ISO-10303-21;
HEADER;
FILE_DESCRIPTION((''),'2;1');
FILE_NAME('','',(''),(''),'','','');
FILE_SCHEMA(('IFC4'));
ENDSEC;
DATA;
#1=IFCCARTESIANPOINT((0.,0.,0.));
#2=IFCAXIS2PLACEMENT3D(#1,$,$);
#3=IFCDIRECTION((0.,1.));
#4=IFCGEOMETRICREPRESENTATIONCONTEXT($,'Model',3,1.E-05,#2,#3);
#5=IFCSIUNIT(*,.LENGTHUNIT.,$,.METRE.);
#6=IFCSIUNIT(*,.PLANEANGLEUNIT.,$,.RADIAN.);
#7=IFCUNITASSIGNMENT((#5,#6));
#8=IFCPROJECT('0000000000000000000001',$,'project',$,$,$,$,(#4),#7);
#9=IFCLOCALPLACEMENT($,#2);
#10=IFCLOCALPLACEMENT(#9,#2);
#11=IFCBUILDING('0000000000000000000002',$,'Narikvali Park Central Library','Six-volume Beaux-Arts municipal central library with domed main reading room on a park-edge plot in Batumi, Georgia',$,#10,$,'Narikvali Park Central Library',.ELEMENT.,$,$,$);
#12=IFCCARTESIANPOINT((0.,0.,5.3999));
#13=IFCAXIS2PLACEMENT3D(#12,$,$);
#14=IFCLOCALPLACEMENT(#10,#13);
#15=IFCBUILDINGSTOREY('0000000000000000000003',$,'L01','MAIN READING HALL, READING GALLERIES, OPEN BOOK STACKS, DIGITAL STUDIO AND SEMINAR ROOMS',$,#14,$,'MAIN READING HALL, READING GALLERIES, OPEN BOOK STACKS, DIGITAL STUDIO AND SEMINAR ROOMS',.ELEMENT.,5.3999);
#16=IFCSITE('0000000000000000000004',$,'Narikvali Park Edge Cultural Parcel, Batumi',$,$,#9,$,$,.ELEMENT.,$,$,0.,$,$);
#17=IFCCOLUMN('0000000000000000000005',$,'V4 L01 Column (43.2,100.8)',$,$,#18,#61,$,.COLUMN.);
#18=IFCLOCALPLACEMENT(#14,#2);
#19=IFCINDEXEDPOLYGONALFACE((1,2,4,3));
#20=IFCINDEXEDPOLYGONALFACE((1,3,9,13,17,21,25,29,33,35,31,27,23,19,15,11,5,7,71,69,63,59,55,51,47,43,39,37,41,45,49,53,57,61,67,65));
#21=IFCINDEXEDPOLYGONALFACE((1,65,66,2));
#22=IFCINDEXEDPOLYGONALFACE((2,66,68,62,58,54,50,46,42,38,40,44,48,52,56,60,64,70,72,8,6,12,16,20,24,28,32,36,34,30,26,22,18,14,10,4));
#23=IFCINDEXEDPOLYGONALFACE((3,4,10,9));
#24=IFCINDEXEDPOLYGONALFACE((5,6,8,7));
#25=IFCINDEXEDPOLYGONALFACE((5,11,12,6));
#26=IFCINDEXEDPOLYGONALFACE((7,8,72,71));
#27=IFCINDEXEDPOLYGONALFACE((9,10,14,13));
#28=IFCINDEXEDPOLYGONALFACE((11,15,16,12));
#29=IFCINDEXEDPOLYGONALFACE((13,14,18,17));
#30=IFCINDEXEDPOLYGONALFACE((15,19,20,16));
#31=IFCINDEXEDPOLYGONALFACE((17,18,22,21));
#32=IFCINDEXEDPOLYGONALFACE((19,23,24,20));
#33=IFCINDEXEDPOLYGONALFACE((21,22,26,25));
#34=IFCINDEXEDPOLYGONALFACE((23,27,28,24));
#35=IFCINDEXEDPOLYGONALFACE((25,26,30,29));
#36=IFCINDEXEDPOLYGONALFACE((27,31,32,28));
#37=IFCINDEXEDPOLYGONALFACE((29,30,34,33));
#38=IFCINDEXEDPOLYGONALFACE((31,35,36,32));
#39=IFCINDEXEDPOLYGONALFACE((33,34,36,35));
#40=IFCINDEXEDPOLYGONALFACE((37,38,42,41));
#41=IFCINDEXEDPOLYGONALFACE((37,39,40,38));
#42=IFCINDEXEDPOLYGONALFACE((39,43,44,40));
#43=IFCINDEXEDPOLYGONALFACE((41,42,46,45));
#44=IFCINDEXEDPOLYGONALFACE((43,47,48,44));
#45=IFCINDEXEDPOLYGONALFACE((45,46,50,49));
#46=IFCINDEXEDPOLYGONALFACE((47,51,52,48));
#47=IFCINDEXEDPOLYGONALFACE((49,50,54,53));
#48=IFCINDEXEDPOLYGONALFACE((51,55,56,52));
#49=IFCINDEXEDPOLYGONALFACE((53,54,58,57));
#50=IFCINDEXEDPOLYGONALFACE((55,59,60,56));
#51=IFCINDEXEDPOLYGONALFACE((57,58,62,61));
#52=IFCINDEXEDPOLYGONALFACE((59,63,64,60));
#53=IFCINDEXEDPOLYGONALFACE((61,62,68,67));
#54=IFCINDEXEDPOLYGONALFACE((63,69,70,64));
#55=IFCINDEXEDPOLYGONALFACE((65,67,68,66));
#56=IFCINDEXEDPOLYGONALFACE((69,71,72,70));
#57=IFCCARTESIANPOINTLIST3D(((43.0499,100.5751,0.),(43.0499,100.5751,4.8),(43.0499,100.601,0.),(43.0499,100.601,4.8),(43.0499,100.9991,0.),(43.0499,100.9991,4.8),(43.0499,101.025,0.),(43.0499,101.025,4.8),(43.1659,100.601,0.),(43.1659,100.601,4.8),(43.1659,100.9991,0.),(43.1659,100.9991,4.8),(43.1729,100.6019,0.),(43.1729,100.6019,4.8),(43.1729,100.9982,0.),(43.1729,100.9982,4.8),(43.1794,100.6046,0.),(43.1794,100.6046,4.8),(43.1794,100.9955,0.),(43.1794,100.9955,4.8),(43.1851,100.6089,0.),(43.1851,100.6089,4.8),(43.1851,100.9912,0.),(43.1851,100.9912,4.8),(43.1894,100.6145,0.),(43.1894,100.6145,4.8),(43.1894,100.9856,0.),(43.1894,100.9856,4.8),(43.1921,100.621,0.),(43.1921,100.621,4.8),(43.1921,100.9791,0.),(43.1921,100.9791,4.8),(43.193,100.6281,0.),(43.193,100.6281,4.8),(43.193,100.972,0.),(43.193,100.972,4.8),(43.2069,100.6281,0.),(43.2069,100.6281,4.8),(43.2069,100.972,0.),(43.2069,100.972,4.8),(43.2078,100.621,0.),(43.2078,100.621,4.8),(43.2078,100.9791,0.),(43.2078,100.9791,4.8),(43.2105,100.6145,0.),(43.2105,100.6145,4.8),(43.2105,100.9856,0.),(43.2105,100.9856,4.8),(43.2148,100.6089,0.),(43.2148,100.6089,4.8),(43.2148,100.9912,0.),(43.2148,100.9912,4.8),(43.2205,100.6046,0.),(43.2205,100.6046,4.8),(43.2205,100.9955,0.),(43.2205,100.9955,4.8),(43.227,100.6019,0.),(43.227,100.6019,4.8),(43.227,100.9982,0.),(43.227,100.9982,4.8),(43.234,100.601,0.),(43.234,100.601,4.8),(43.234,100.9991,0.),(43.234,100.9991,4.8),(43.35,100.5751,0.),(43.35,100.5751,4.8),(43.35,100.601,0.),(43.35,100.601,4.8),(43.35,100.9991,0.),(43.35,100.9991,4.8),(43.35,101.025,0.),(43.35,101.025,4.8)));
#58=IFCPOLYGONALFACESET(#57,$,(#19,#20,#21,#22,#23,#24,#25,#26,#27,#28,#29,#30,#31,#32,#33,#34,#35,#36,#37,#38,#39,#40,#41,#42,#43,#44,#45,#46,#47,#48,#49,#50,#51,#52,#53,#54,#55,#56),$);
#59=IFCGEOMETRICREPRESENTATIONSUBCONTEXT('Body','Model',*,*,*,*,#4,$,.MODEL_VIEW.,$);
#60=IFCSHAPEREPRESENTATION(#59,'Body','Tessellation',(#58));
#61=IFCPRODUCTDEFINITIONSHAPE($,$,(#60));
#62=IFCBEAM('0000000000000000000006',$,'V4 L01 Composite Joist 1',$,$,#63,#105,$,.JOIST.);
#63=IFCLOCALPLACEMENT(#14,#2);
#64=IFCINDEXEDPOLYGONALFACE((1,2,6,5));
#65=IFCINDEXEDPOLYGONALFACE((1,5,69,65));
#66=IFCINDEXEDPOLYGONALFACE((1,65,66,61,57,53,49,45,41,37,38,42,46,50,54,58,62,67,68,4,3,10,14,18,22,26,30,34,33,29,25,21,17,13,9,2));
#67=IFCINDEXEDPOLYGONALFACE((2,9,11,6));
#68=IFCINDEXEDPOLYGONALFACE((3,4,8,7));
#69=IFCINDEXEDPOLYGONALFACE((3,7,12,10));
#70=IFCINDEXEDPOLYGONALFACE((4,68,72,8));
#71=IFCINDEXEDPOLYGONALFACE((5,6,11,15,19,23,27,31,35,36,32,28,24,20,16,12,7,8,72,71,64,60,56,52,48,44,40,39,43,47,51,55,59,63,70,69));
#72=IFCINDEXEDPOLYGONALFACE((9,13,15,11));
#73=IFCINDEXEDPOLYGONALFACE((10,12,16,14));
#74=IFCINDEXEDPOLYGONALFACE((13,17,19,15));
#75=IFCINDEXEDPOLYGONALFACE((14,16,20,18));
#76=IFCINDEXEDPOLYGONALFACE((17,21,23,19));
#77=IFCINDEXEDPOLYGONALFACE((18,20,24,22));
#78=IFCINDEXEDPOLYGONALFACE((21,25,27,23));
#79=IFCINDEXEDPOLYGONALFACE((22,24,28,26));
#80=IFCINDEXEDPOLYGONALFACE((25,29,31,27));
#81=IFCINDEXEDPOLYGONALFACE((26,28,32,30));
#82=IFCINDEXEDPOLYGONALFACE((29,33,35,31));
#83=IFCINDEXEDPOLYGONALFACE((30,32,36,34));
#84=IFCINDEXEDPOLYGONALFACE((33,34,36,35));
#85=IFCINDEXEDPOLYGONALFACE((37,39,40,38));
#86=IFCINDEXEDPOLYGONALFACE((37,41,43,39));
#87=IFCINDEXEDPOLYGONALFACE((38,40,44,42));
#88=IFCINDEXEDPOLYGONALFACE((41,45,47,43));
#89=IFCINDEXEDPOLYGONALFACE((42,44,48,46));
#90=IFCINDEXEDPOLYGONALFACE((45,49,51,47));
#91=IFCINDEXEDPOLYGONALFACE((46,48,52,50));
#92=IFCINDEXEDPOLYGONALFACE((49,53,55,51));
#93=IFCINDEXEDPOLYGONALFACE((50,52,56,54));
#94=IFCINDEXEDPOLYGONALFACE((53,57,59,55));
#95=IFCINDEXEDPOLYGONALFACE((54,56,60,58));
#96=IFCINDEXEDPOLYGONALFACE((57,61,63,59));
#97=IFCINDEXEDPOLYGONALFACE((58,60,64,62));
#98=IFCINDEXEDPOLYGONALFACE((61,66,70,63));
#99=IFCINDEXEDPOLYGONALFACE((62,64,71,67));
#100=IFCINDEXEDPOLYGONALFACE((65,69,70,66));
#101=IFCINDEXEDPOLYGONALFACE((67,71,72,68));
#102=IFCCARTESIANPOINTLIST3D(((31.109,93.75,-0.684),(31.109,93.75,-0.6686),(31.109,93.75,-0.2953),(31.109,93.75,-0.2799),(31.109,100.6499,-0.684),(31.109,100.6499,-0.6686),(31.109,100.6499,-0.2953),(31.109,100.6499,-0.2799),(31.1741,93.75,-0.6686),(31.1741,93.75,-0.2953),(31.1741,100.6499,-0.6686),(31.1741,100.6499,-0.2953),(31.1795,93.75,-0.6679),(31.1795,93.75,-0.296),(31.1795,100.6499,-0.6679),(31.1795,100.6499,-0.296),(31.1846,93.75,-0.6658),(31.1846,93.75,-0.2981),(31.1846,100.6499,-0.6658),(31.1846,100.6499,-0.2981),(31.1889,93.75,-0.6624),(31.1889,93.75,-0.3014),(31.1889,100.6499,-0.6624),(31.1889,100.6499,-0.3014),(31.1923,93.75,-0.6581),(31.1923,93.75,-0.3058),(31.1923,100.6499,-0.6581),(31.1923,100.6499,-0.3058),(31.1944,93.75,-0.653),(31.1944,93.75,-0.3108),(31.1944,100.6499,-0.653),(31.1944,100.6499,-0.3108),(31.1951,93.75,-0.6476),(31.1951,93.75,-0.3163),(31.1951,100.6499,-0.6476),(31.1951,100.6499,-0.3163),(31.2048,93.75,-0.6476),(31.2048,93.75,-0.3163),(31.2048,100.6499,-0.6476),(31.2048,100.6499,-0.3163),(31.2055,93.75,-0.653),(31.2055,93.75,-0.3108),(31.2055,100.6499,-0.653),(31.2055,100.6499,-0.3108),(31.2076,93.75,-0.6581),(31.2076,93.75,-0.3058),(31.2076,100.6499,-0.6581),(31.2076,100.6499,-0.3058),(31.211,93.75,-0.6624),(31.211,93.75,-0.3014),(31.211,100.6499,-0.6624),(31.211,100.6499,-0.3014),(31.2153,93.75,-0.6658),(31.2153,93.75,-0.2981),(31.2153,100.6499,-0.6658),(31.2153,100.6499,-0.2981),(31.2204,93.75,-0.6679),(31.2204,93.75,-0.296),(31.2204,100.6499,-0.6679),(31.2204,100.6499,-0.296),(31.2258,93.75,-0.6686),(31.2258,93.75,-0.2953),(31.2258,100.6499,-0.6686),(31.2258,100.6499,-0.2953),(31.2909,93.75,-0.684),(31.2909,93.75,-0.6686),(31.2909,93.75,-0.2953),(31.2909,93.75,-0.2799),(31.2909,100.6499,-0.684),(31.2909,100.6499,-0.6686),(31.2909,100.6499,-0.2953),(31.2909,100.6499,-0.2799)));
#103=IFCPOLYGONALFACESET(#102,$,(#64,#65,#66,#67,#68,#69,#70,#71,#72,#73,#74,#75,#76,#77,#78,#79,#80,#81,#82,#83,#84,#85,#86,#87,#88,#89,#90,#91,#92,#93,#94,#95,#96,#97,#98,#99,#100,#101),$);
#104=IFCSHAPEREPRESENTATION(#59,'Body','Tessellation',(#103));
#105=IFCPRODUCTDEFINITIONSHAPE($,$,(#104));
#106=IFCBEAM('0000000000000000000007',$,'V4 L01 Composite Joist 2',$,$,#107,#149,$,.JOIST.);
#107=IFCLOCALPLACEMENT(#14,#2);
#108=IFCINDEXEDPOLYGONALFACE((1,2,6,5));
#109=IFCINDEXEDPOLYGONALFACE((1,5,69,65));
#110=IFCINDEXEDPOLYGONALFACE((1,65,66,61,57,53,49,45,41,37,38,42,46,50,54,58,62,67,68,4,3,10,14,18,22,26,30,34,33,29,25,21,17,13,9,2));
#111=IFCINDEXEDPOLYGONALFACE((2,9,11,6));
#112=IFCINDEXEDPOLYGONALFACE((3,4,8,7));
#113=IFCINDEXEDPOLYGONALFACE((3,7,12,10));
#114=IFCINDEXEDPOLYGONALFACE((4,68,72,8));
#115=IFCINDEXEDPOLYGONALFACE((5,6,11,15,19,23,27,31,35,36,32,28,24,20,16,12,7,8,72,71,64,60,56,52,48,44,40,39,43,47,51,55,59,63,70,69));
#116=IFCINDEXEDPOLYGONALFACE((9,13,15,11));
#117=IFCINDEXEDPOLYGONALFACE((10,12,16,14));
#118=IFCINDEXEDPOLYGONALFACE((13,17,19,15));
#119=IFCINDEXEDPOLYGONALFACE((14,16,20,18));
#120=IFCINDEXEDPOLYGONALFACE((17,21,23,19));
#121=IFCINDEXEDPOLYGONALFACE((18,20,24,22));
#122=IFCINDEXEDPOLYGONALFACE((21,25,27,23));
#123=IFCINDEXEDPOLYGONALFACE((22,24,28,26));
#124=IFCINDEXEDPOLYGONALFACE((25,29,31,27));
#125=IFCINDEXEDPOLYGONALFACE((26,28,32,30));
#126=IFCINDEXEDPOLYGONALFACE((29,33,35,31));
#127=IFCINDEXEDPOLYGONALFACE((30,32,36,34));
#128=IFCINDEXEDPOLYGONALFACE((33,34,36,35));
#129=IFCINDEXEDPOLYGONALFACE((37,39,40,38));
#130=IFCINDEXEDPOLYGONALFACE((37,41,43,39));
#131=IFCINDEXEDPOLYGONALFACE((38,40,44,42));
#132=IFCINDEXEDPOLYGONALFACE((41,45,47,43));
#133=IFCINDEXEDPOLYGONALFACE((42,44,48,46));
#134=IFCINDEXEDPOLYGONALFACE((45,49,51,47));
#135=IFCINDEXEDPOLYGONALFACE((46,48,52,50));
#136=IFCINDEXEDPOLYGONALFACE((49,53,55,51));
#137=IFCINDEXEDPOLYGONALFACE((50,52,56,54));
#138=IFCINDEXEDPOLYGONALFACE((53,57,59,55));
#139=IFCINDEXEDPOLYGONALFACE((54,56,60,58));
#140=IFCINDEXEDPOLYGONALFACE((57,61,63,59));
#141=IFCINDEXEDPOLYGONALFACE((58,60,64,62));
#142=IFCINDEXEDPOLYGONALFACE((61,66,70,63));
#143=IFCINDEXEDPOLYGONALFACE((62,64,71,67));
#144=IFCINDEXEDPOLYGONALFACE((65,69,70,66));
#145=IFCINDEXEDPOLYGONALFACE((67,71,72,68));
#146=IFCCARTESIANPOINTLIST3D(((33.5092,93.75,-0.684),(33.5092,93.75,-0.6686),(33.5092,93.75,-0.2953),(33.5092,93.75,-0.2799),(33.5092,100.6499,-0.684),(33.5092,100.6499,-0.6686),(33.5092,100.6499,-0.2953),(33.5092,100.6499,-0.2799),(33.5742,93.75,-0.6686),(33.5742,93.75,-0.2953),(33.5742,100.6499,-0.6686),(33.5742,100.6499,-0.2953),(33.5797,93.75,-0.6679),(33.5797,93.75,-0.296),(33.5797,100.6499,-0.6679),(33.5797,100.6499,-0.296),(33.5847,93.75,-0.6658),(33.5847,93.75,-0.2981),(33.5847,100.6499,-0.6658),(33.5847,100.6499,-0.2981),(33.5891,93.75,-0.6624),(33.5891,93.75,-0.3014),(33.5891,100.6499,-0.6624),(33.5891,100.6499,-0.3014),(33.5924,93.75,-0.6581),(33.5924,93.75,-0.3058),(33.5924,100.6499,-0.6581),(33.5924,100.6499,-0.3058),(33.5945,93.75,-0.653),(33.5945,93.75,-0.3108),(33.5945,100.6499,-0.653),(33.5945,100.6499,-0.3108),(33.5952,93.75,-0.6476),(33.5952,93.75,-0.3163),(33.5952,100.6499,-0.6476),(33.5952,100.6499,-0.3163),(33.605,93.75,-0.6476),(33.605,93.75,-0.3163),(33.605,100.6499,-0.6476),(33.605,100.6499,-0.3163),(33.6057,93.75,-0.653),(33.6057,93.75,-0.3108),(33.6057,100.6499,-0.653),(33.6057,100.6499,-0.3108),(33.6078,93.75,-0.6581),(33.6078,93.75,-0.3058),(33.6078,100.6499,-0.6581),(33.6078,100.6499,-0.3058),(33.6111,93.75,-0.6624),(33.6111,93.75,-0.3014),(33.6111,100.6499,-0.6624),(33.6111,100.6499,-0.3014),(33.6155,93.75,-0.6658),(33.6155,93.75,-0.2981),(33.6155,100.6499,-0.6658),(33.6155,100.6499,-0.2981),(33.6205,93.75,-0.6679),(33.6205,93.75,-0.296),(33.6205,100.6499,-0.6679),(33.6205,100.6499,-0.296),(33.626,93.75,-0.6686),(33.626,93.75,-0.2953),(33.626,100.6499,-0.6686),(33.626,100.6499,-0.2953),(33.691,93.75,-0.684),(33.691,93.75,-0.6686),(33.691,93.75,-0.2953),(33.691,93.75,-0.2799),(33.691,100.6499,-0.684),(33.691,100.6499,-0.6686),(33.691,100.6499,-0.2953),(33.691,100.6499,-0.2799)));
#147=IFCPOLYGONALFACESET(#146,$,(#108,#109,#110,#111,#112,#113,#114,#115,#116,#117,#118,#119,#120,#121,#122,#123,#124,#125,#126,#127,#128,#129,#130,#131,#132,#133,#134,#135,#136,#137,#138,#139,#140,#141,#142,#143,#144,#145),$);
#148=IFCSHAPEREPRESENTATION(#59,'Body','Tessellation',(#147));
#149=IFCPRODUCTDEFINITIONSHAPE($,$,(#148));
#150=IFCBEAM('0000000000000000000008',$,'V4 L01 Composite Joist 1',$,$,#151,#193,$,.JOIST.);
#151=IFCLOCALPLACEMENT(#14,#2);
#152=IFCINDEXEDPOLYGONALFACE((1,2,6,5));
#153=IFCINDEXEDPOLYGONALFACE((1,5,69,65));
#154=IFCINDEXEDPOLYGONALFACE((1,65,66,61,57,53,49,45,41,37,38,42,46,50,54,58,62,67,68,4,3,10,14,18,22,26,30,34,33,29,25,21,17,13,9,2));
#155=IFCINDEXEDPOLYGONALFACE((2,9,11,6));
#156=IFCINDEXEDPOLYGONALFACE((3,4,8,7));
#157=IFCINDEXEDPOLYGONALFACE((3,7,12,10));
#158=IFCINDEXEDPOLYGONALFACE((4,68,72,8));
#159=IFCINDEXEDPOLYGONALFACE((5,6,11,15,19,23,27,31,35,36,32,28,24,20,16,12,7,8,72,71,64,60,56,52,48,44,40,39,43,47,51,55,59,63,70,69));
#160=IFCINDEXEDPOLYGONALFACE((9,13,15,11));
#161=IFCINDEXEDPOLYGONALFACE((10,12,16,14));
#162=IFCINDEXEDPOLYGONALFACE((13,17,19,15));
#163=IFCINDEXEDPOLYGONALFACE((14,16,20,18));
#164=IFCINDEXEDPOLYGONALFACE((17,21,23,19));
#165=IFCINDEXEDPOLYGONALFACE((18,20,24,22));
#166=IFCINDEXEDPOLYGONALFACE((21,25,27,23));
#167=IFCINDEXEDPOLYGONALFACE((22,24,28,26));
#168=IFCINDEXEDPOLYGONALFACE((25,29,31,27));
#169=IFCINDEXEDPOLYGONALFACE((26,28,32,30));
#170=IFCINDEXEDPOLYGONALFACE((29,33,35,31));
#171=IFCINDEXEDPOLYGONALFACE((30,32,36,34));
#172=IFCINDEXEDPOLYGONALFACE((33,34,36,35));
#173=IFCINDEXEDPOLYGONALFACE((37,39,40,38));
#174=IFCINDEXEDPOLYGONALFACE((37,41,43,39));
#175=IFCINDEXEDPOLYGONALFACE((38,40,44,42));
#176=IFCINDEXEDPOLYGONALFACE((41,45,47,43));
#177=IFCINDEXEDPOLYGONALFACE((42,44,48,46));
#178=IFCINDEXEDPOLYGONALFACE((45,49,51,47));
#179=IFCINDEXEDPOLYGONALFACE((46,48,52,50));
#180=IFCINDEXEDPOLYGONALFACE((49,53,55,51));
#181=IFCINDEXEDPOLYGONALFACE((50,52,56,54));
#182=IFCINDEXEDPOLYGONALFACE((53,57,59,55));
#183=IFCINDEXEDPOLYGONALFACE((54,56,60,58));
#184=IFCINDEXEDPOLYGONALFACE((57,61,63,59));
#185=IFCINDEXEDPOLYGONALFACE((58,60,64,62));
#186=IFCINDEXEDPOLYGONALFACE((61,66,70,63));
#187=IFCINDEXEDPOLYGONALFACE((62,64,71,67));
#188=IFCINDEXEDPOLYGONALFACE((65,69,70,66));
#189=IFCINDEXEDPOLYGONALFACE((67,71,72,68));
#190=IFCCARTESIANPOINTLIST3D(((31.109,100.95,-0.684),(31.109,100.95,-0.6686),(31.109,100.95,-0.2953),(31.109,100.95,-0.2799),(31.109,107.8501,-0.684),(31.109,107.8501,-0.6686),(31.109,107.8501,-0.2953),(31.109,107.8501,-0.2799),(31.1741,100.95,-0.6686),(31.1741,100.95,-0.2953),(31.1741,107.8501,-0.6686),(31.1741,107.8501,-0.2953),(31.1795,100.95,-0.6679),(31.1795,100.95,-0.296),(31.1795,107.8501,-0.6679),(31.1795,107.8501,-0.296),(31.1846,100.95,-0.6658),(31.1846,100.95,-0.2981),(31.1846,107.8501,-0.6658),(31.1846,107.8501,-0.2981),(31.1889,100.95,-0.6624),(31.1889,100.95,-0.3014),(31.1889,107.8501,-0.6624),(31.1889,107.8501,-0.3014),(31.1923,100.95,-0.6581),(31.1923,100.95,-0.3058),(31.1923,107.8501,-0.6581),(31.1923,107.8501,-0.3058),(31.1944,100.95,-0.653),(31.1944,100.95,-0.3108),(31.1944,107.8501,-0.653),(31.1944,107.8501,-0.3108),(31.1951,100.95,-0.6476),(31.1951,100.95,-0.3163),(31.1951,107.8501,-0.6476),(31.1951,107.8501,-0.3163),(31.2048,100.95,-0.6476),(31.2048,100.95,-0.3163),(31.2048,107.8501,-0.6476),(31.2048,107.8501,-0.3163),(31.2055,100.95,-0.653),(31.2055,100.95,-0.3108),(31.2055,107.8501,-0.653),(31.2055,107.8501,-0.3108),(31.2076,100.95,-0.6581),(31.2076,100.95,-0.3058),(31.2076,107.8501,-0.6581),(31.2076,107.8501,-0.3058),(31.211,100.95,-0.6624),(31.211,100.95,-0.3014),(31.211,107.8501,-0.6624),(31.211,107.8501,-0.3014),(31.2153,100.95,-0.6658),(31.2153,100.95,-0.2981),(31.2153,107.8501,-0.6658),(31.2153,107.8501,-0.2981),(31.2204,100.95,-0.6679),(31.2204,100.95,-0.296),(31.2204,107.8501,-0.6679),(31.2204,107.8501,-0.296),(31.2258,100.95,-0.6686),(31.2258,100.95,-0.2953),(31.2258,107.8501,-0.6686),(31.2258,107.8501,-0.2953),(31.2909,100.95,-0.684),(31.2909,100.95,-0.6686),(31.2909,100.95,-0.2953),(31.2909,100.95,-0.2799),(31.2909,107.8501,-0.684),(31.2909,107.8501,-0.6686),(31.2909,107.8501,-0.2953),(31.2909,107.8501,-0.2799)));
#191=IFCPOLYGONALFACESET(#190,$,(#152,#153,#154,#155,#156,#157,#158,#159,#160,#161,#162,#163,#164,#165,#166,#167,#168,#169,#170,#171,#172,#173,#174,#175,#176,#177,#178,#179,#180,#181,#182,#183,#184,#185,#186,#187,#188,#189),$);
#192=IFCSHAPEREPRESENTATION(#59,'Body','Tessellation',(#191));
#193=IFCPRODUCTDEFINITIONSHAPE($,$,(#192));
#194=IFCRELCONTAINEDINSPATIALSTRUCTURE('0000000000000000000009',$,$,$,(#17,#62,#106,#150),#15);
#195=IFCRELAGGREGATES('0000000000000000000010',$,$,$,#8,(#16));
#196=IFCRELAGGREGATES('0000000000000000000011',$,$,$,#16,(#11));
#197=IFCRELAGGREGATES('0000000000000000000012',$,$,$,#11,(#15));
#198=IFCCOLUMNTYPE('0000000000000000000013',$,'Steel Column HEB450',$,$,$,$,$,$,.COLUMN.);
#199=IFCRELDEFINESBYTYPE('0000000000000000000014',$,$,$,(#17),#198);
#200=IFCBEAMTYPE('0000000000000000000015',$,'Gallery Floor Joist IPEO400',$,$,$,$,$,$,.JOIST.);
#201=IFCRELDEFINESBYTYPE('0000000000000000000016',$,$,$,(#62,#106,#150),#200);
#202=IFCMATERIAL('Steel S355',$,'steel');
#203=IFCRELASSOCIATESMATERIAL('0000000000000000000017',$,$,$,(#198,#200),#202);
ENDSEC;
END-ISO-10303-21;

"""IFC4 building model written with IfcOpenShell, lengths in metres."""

from ifc_helpers import new_model, si_unit, direction, frame, origin, origin_2d, place, context, subcontext, project, spatial, i_section, extrude, material, material_profile, profile_set, type_object, element, save


model = new_model("IFC4")

# Units and contexts
model_context = context("Model", 3, precision=1e-05, world=origin(), true_north=direction((0.0, 1.0)))
body_context = subcontext(model_context, "Body", "Model", "MODEL_VIEW")
ifc_project = project(units=[si_unit("LENGTHUNIT", "METRE"), si_unit("PLANEANGLEUNIT", "RADIAN")], contexts=[model_context])

# Site, building, storey
site_placement = place(None, origin())
site = spatial("IfcSite", under=ifc_project, at=site_placement, Name="Narikvali Park Edge Cultural Parcel, Batumi", CompositionType="ELEMENT", RefElevation=0.0)
building_placement = place(site_placement, origin())
building = spatial("IfcBuilding", under=site, at=building_placement, Name="Narikvali Park Central Library", Description="Six-volume Beaux-Arts municipal central library with domed main reading room on a park-edge plot in Batumi, Georgia", LongName="Narikvali Park Central Library", CompositionType="ELEMENT")
storey_placement = place(building_placement, frame((0.0, 0.0, 5.3999)))
storey = spatial("IfcBuildingStorey", under=building, at=storey_placement, Name="L01", Description="MAIN READING HALL, READING GALLERIES, OPEN BOOK STACKS, DIGITAL STUDIO AND SEMINAR ROOMS", LongName="MAIN READING HALL, READING GALLERIES, OPEN BOOK STACKS, DIGITAL STUDIO AND SEMINAR ROOMS", CompositionType="ELEMENT", Elevation=5.3999)

# Column
ifc_material_1 = material(Name="Steel S355", Category="steel")
ifc_material_profile_1 = material_profile(ifc_material_1, i_section(OverallWidth=0.3, OverallDepth=0.45, WebThickness=0.0139, FlangeThickness=0.0259, FilletRadius=0.0271, at=origin_2d()), Name="HEB 450")
ifc_profile_set_1 = profile_set([ifc_material_profile_1], Name="Steel S355")
column_type = type_object("IfcColumnType", Name="Steel Column HEB450", PredefinedType="COLUMN", material=ifc_profile_set_1)
for number, where, z_axis, x_axis, name in (
    (1, (43.2, 100.8, 0.0), (0.0, 0.0, 1.0), (1.0, 0.0, 0.0), "V4 L01 Column (43.2,100.8)"),
):
    element("IfcColumn", number, at=place(storey_placement, frame(where, z_axis=z_axis, x_axis=x_axis)), inside=storey, type_object=column_type, Name=name, PredefinedType="COLUMN", context=body_context, shape_type="SweptSolid", body=[
        extrude(i_section(OverallWidth=0.3, OverallDepth=0.45, WebThickness=0.0139, FlangeThickness=0.0259, FilletRadius=0.0271, at=origin_2d()), origin(), (0.0, 0.0, 1.0), 4.8),
    ])

# Beams
ifc_material_profile_2 = material_profile(ifc_material_1, i_section(OverallWidth=0.1819, OverallDepth=0.4041, WebThickness=0.0098, FlangeThickness=0.0154, FilletRadius=0.021, at=origin_2d()), Name="IPEO 400")
ifc_profile_set_2 = profile_set([ifc_material_profile_2], Name="Steel S355")
beam_type_1 = type_object("IfcBeamType", Name="Gallery Floor Joist IPEO400", PredefinedType="JOIST", material=ifc_profile_set_2)
for number, where, z_axis, x_axis, name in (
    (2, (31.2, 93.75, -0.4819), (0.0, 1.0, 0.0), (-1.0, 0.0, 0.0), "V4 L01 Composite Joist 1"),
    (3, (33.6001, 93.75, -0.4819), (0.0, 1.0, 0.0), (-1.0, 0.0, 0.0), "V4 L01 Composite Joist 2"),
):
    element("IfcBeam", number, at=place(storey_placement, frame(where, z_axis=z_axis, x_axis=x_axis)), inside=storey, type_object=beam_type_1, Name=name, PredefinedType="JOIST", context=body_context, shape_type="SweptSolid", body=[
        extrude(i_section(OverallWidth=0.1819, OverallDepth=0.4041, WebThickness=0.0098, FlangeThickness=0.0154, FilletRadius=0.021, at=origin_2d()), origin(), (0.0, 0.0, 1.0), 6.8999),
    ])
for number, where, z_axis, x_axis, name in (
    (4, (31.2, 100.95, -0.4819), (0.0, 1.0, 0.0), (-1.0, 0.0, 0.0), "V4 L01 Composite Joist 1"),
):
    element("IfcBeam", number, at=place(storey_placement, frame(where, z_axis=z_axis, x_axis=x_axis)), inside=storey, type_object=beam_type_1, Name=name, PredefinedType="JOIST", context=body_context, shape_type="SweptSolid", body=[
        extrude(i_section(OverallWidth=0.1819, OverallDepth=0.4041, WebThickness=0.0098, FlangeThickness=0.0154, FilletRadius=0.021, at=origin_2d()), origin(), (0.0, 0.0, 1.0), 6.9001),
    ])

save(model, "model.ifc")
